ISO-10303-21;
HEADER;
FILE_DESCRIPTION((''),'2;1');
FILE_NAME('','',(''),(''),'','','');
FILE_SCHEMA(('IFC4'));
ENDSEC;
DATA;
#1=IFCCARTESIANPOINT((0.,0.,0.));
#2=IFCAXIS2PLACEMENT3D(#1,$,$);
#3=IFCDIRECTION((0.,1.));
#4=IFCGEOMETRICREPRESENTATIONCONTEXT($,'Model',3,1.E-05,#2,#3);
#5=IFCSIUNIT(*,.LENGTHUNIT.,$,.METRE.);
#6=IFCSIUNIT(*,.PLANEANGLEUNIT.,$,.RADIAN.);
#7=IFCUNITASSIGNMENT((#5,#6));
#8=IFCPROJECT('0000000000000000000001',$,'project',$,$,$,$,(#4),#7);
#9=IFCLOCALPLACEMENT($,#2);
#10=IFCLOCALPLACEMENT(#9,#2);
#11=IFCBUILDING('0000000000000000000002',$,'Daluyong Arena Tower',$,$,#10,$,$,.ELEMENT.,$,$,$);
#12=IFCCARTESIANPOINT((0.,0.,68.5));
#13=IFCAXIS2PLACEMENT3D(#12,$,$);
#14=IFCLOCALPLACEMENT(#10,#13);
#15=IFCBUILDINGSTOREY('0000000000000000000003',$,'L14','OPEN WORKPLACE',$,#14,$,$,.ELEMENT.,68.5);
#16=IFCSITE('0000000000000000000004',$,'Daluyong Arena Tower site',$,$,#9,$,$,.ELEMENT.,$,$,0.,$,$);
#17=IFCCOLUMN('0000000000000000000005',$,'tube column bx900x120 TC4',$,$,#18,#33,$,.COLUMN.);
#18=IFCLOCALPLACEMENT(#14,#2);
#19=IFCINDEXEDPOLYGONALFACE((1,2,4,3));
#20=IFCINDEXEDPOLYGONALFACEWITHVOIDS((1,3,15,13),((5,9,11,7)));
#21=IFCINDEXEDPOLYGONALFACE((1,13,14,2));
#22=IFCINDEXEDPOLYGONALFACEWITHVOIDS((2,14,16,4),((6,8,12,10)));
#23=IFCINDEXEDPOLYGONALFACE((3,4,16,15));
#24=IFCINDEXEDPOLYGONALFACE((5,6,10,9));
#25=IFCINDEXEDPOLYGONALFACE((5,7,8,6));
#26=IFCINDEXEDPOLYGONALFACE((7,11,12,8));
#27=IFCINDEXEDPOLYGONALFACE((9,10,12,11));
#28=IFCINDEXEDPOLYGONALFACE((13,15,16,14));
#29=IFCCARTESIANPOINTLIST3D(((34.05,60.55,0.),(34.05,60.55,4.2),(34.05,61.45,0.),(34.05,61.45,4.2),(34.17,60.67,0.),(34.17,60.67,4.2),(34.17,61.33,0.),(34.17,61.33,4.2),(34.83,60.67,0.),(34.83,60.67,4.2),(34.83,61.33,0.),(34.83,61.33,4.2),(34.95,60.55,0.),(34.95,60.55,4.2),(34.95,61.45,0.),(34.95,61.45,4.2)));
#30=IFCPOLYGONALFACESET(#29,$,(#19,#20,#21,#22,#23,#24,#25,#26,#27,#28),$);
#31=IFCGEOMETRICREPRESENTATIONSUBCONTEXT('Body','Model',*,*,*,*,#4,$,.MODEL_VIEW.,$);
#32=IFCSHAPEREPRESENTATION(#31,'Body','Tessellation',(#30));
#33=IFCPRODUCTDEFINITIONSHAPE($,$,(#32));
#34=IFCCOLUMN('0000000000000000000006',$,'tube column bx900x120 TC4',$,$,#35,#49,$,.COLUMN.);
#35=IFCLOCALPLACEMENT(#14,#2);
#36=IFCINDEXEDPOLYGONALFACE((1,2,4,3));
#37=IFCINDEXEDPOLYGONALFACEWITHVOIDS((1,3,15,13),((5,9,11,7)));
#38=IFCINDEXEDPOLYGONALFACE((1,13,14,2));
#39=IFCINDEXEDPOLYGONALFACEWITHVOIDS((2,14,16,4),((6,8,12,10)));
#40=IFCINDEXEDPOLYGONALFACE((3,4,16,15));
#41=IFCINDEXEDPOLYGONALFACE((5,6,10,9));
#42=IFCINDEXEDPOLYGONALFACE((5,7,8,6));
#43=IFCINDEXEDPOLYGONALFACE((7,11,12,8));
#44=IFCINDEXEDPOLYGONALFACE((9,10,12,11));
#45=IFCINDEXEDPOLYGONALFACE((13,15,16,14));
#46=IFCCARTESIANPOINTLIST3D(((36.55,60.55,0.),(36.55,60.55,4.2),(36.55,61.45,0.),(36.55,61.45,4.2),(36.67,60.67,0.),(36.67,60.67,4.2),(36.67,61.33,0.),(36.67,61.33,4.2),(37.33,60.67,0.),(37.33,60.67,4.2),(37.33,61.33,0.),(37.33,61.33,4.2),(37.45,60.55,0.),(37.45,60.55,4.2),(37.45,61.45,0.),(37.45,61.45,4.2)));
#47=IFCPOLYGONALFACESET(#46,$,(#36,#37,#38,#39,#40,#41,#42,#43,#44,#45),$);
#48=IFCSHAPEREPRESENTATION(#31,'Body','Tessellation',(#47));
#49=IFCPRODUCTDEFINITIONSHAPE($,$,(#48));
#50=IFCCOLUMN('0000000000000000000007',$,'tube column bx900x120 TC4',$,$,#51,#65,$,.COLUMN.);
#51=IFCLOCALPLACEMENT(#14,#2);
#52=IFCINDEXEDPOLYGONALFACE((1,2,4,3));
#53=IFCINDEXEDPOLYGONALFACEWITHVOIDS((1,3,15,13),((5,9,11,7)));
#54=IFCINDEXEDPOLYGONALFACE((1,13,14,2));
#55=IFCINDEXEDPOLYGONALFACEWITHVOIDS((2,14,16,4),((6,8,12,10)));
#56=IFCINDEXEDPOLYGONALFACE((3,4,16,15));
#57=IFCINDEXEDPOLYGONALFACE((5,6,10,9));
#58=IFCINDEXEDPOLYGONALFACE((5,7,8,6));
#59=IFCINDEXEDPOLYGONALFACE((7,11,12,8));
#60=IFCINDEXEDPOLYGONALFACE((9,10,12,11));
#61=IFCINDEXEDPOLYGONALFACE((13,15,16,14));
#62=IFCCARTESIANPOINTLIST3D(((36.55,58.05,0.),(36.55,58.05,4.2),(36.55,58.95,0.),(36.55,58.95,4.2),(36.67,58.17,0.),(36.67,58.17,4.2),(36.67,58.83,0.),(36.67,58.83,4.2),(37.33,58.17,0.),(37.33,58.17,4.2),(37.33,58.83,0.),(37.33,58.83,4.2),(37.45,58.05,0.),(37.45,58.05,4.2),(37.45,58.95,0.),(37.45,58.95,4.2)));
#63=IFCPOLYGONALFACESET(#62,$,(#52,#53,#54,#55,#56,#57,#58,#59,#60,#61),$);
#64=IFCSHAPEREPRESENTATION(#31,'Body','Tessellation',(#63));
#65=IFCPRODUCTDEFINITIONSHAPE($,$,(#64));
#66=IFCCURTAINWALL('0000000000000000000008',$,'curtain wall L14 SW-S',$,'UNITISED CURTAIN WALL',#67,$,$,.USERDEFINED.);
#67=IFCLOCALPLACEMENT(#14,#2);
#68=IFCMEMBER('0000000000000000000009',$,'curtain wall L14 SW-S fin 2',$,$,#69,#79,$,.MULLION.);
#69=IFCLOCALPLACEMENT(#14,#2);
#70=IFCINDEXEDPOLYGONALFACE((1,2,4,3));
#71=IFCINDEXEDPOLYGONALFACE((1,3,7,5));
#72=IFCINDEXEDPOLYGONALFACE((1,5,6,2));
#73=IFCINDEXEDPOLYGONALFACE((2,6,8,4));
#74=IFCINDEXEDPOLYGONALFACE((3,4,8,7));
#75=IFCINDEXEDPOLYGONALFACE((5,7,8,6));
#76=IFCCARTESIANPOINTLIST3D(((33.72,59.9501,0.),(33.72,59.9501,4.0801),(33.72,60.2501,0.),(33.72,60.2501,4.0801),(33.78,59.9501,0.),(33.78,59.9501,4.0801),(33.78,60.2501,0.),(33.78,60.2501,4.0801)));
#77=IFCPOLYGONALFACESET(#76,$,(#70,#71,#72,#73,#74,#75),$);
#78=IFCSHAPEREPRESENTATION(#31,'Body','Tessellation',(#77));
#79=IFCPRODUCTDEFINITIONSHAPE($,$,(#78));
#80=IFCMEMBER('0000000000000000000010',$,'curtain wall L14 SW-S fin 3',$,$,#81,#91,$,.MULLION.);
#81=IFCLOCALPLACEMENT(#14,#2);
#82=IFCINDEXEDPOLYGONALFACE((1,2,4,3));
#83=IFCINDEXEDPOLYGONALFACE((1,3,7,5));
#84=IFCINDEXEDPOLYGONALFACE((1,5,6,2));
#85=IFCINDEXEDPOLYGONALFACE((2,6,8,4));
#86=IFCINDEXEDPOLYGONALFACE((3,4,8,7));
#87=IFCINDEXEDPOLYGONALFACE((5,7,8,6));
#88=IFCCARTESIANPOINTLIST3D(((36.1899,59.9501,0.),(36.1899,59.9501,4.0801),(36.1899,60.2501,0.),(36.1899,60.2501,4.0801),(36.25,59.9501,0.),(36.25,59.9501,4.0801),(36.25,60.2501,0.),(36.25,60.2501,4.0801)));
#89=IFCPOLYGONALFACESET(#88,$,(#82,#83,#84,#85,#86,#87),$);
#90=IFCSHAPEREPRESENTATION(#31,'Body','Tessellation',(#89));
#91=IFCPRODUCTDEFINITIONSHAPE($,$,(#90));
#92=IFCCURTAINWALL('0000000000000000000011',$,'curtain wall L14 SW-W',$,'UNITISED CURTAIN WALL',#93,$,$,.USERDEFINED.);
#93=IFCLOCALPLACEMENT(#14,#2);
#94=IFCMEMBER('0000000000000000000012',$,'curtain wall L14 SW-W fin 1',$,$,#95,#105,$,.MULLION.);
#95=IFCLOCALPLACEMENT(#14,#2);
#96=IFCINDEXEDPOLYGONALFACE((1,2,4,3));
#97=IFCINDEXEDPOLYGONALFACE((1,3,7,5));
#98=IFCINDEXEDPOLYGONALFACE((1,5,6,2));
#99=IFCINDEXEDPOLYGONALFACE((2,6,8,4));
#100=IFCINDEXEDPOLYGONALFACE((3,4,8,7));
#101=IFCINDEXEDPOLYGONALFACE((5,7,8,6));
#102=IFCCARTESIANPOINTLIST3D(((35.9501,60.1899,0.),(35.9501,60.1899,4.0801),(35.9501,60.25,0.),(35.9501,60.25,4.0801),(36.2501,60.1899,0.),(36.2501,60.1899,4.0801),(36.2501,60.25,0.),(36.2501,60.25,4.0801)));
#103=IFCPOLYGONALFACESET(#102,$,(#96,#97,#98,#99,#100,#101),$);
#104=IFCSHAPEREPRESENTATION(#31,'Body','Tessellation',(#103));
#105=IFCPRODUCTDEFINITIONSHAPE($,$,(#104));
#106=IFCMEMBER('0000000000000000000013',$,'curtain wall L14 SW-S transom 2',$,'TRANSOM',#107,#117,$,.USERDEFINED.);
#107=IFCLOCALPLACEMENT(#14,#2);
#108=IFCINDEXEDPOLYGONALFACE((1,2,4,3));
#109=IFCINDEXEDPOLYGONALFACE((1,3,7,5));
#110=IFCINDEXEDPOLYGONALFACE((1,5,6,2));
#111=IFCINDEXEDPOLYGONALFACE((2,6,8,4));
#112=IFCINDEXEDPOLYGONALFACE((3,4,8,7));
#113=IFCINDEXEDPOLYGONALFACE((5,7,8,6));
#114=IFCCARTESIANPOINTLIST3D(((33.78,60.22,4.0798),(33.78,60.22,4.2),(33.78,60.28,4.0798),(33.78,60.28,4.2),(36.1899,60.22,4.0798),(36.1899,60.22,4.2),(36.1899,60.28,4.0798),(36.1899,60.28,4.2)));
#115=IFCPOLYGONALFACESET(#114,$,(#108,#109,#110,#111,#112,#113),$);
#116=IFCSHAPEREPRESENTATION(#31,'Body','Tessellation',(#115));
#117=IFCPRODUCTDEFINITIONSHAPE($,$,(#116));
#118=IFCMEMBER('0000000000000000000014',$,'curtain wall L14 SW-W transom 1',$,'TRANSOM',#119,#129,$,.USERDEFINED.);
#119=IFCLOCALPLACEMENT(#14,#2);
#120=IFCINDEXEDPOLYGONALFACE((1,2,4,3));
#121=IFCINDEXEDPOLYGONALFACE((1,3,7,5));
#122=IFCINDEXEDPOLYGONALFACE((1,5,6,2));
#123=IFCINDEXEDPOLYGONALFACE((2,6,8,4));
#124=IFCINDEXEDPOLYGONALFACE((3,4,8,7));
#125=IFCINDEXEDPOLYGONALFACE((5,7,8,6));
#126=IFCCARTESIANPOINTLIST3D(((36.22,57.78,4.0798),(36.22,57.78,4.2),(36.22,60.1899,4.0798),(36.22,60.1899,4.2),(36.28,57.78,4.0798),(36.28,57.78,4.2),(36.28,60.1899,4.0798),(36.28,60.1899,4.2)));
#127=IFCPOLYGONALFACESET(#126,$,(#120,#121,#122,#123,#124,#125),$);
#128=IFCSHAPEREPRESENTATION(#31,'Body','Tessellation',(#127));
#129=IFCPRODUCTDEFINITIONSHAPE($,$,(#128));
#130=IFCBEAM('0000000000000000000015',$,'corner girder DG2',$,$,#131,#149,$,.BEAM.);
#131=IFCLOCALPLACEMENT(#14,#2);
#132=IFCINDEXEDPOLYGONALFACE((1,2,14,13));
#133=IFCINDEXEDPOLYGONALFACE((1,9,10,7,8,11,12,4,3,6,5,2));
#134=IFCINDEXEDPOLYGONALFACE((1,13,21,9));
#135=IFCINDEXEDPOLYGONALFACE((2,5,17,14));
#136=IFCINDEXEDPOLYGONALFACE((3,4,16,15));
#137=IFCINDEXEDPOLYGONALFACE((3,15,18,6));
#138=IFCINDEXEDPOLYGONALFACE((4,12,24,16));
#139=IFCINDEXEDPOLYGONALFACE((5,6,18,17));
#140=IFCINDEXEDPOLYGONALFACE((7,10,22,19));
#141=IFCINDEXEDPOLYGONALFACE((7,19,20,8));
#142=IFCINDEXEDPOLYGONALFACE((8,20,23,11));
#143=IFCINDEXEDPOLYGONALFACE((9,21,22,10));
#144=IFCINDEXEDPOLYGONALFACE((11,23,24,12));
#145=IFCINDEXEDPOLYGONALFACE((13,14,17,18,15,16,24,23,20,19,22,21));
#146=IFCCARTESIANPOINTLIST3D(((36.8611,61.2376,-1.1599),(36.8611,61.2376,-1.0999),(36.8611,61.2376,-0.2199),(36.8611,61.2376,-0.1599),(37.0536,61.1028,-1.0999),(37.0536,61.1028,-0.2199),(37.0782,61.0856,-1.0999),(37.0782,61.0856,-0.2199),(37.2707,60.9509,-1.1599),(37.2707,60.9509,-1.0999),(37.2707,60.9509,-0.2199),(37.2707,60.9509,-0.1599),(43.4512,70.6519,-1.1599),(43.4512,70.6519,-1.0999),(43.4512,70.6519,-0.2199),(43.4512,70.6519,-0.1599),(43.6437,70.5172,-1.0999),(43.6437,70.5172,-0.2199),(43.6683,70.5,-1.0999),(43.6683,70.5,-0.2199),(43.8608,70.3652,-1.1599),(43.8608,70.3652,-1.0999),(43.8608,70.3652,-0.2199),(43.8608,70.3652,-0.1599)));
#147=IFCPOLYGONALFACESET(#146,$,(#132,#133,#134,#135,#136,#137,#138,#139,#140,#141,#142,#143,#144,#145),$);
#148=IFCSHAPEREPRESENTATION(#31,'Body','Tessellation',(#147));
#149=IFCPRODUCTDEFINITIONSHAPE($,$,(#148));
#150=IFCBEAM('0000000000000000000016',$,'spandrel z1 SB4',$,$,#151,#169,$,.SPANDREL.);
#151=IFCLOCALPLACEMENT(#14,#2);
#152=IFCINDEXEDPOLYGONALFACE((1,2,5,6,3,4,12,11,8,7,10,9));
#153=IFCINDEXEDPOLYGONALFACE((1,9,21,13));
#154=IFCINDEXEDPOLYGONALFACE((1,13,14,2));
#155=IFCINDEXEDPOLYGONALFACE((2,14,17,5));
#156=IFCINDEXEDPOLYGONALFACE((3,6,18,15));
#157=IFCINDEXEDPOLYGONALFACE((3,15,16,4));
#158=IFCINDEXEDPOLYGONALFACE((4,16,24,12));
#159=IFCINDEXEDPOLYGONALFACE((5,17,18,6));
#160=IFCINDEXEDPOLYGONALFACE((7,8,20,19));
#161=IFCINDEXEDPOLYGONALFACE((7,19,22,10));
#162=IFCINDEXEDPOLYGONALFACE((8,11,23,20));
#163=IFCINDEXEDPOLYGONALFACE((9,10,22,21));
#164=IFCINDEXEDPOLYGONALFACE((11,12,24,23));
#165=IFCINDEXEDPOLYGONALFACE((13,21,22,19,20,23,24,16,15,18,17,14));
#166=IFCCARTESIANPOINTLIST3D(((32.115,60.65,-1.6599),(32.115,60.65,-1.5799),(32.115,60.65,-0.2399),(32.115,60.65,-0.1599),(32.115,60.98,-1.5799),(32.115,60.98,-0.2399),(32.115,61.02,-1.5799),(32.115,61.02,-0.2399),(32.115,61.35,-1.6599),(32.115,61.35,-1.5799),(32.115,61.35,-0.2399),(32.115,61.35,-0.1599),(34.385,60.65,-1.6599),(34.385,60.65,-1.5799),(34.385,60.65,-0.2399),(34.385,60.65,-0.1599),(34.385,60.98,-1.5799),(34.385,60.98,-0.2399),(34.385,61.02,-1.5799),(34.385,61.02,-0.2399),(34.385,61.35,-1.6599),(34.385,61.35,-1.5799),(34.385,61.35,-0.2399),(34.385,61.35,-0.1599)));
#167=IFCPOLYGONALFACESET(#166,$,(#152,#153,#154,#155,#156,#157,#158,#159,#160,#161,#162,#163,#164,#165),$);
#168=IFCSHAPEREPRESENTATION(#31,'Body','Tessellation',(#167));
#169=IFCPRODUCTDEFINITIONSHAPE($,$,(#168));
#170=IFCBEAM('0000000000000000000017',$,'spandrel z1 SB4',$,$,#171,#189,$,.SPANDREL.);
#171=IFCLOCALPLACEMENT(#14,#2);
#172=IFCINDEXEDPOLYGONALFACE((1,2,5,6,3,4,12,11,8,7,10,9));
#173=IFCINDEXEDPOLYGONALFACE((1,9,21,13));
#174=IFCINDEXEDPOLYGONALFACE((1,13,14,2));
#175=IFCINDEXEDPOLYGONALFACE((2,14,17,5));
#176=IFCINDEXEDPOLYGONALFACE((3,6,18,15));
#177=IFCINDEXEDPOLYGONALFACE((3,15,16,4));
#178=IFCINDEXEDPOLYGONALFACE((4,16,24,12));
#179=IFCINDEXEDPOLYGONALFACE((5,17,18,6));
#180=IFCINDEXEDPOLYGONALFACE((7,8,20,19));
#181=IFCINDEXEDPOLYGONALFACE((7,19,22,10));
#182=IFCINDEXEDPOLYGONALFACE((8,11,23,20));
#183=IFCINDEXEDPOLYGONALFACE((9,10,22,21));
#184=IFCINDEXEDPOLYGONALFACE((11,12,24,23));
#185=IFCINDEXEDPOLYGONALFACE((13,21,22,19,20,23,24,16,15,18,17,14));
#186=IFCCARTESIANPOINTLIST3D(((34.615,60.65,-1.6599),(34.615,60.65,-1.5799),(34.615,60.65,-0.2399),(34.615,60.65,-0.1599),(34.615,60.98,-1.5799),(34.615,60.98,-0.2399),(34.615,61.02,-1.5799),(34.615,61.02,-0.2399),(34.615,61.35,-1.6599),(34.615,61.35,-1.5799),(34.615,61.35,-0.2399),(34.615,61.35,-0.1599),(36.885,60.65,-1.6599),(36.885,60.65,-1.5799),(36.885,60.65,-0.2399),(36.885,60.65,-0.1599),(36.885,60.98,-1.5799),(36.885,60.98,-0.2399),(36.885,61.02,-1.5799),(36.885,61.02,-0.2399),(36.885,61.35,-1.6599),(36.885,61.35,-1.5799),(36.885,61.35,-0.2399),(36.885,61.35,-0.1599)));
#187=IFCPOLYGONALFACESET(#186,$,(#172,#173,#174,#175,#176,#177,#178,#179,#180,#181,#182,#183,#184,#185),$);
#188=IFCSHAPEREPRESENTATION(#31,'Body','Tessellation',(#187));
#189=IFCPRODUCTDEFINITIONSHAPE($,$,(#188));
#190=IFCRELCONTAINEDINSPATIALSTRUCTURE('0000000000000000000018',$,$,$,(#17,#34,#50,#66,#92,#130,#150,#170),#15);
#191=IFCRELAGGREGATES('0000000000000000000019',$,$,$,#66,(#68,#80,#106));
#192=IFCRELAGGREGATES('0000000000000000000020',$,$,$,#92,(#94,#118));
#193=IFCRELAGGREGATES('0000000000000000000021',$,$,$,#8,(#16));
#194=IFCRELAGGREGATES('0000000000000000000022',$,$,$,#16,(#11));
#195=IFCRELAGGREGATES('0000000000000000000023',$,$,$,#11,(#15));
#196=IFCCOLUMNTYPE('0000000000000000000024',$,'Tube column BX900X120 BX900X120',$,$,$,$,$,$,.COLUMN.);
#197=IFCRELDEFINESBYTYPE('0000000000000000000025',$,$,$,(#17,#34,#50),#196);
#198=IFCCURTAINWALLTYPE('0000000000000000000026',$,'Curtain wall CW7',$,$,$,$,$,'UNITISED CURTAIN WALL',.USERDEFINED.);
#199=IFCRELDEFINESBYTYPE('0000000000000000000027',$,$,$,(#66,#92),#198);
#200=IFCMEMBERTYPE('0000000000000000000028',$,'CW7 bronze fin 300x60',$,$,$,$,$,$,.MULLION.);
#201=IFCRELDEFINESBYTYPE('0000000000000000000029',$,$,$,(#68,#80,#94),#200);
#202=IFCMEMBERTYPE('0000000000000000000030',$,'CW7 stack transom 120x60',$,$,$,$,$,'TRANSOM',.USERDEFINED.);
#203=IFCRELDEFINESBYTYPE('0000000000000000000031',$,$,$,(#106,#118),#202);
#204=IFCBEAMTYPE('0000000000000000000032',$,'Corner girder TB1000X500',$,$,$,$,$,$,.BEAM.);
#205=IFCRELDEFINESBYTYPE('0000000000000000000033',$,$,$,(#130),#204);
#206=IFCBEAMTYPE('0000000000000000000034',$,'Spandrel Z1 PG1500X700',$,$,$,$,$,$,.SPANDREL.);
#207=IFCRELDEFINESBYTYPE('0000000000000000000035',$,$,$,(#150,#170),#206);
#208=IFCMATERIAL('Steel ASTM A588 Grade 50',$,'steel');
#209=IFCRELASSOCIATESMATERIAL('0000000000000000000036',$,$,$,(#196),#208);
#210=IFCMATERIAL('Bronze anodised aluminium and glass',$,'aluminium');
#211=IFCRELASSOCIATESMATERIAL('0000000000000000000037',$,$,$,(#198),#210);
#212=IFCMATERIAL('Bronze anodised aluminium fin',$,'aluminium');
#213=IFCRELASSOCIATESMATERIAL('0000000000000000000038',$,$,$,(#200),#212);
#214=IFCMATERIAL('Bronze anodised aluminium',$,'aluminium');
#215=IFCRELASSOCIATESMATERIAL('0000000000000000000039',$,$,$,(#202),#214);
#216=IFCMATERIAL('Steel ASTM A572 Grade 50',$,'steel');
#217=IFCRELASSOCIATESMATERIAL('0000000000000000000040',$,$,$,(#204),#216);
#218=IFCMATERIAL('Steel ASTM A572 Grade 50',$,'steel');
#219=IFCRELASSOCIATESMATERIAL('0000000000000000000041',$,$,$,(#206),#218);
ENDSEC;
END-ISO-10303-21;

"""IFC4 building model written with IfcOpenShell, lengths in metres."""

from ifc_helpers import new_model, si_unit, direction, frame, origin, origin_2d, place, context, subcontext, project, spatial, rectangle, hollow_rectangle, i_section, extrude, material, material_profile, profile_set, type_object, element, aggregate, save


model = new_model("IFC4")

# Units and contexts
model_context = context("Model", 3, precision=1e-05, world=origin(), true_north=direction((0.0, 1.0)))
body_context = subcontext(model_context, "Body", "Model", "MODEL_VIEW")
ifc_project = project(units=[si_unit("LENGTHUNIT", "METRE"), si_unit("PLANEANGLEUNIT", "RADIAN")], contexts=[model_context])

# Site, building, storey
site_placement = place(None, origin())
site = spatial("IfcSite", under=ifc_project, at=site_placement, Name="Daluyong Arena Tower site", CompositionType="ELEMENT", RefElevation=0.0)
building_placement = place(site_placement, origin())
building = spatial("IfcBuilding", under=site, at=building_placement, Name="Daluyong Arena Tower", CompositionType="ELEMENT")
storey_placement = place(building_placement, frame((0.0, 0.0, 68.5)))
storey = spatial("IfcBuildingStorey", under=building, at=storey_placement, Name="L14", Description="OPEN WORKPLACE", CompositionType="ELEMENT", Elevation=68.5)

# Columns
ifc_material_1 = material(Name="Steel ASTM A588 Grade 50", Category="steel")
ifc_material_profile_1 = material_profile(ifc_material_1, hollow_rectangle(XDim=0.8999, YDim=0.8999, WallThickness=0.12, at=origin_2d()))
ifc_profile_set_1 = profile_set([ifc_material_profile_1], Name="Steel ASTM A588 Grade 50")
column_type = type_object("IfcColumnType", Name="Tube column BX900X120 BX900X120", PredefinedType="COLUMN", material=ifc_profile_set_1)
for number, where, z_axis, x_axis, name in (
    (1, (34.5, 61.0, 0.0), (0.0, 0.0, 1.0), (1.0, 0.0, 0.0), "tube column bx900x120 TC4"),
    (2, (37.0, 61.0, 0.0), (0.0, 0.0, 1.0), (0.0, 1.0, 0.0), "tube column bx900x120 TC4"),
    (3, (37.0, 58.5, 0.0), (0.0, 0.0, 1.0), (0.0, 1.0, 0.0), "tube column bx900x120 TC4"),
):
    element("IfcColumn", number, at=place(storey_placement, frame(where, z_axis=z_axis, x_axis=x_axis)), inside=storey, type_object=column_type, Name=name, PredefinedType="COLUMN", context=body_context, shape_type="SweptSolid", body=[
        extrude(hollow_rectangle(XDim=0.8999, YDim=0.8999, WallThickness=0.12, at=origin_2d()), origin(), (0.0, 0.0, 1.0), 4.2),
    ])

# Curtain wall, members
ifc_material_2 = material(Name="Bronze anodised aluminium and glass", Category="aluminium")
curtain_wall_type = type_object("IfcCurtainWallType", Name="Curtain wall CW7", ElementType="UNITISED CURTAIN WALL", PredefinedType="USERDEFINED", material=ifc_material_2)
curtain_wall_1_placement = place(storey_placement, origin())
curtain_wall_1 = element("IfcCurtainWall", 4, at=curtain_wall_1_placement, inside=storey, type_object=curtain_wall_type, Name="curtain wall L14 SW-S", ObjectType="UNITISED CURTAIN WALL", PredefinedType="USERDEFINED")
ifc_material_3 = material(Name="Bronze anodised aluminium fin", Category="aluminium")
ifc_material_profile_2 = material_profile(ifc_material_3, rectangle(XDim=0.3, YDim=0.0601, at=origin_2d()))
ifc_profile_set_2 = profile_set([ifc_material_profile_2], Name="Bronze anodised aluminium fin")
member_type_1 = type_object("IfcMemberType", Name="CW7 bronze fin 300x60", PredefinedType="MULLION", material=ifc_profile_set_2)
member_1_placement = place(storey_placement, frame((33.75, 60.1001, 0.0), z_axis=(0.0, 0.0, 1.0), x_axis=(0.0, 1.0, 0.0)))
member_1 = element("IfcMember", 5, at=member_1_placement, type_object=member_type_1, Name="curtain wall L14 SW-S fin 2", PredefinedType="MULLION", context=body_context, shape_type="SweptSolid", body=[
    extrude(rectangle(XDim=0.3, YDim=0.0601, at=origin_2d()), origin(), (0.0, 0.0, 1.0), 4.0801),
])
member_2_placement = place(storey_placement, frame((36.22, 60.1001, 0.0), z_axis=(0.0, 0.0, 1.0), x_axis=(0.0, 1.0, 0.0)))
member_2 = element("IfcMember", 6, at=member_2_placement, type_object=member_type_1, Name="curtain wall L14 SW-S fin 3", PredefinedType="MULLION", context=body_context, shape_type="SweptSolid", body=[
    extrude(rectangle(XDim=0.3, YDim=0.0601, at=origin_2d()), origin(), (0.0, 0.0, 1.0), 4.0801),
])

# Curtain wall, member
curtain_wall_2_placement = place(storey_placement, origin())
curtain_wall_2 = element("IfcCurtainWall", 7, at=curtain_wall_2_placement, inside=storey, type_object=curtain_wall_type, Name="curtain wall L14 SW-W", ObjectType="UNITISED CURTAIN WALL", PredefinedType="USERDEFINED")
member_3_placement = place(storey_placement, frame((36.1001, 60.22, 0.0), z_axis=(0.0, 0.0, 1.0), x_axis=(1.0, 0.0, 0.0)))
member_3 = element("IfcMember", 8, at=member_3_placement, type_object=member_type_1, Name="curtain wall L14 SW-W fin 1", PredefinedType="MULLION", context=body_context, shape_type="SweptSolid", body=[
    extrude(rectangle(XDim=0.3, YDim=0.0601, at=origin_2d()), origin(), (0.0, 0.0, 1.0), 4.0801),
])

# Members
ifc_material_4 = material(Name="Bronze anodised aluminium", Category="aluminium")
ifc_material_profile_3 = material_profile(ifc_material_4, rectangle(XDim=0.0601, YDim=0.1201, at=origin_2d()))
ifc_profile_set_3 = profile_set([ifc_material_profile_3], Name="Bronze anodised aluminium")
member_type_2 = type_object("IfcMemberType", Name="CW7 stack transom 120x60", ElementType="TRANSOM", PredefinedType="USERDEFINED", material=ifc_profile_set_3)
member_4_placement = place(storey_placement, frame((33.78, 60.25, 4.1399), z_axis=(1.0, 0.0, 0.0), x_axis=(0.0, 1.0, 0.0)))
member_4 = element("IfcMember", 9, at=member_4_placement, type_object=member_type_2, Name="curtain wall L14 SW-S transom 2", ObjectType="TRANSOM", PredefinedType="USERDEFINED", context=body_context, shape_type="SweptSolid", body=[
    extrude(rectangle(XDim=0.0601, YDim=0.1201, at=origin_2d()), origin(), (0.0, 0.0, 1.0), 2.4099),
])
member_5_placement = place(storey_placement, frame((36.25, 60.1899, 4.1399), z_axis=(0.0, -1.0, 0.0), x_axis=(1.0, 0.0, 0.0)))
member_5 = element("IfcMember", 10, at=member_5_placement, type_object=member_type_2, Name="curtain wall L14 SW-W transom 1", ObjectType="TRANSOM", PredefinedType="USERDEFINED", context=body_context, shape_type="SweptSolid", body=[
    extrude(rectangle(XDim=0.0601, YDim=0.1201, at=origin_2d()), origin(), (0.0, 0.0, 1.0), 2.4099),
])

# Beams
ifc_material_5 = material(Name="Steel ASTM A572 Grade 50", Category="steel")
ifc_material_profile_4 = material_profile(ifc_material_5, i_section(OverallWidth=0.5, OverallDepth=1.0, WebThickness=0.03, FlangeThickness=0.06, at=origin_2d()))
ifc_profile_set_4 = profile_set([ifc_material_profile_4], Name="Steel ASTM A572 Grade 50")
beam_type_1 = type_object("IfcBeamType", Name="Corner girder TB1000X500", PredefinedType="BEAM", material=ifc_profile_set_4)
beam_placement = place(storey_placement, frame((37.0659, 61.0942, -0.6599), z_axis=(0.573467, 0.819229, 0.0), x_axis=(-0.819229, 0.573467, 0.0)))
element("IfcBeam", 11, at=beam_placement, inside=storey, type_object=beam_type_1, Name="corner girder DG2", PredefinedType="BEAM", context=body_context, shape_type="SweptSolid", body=[
    extrude(i_section(OverallWidth=0.5, OverallDepth=1.0, WebThickness=0.03, FlangeThickness=0.06, at=origin_2d()), origin(), (0.0, 0.0, 1.0), 11.4917),
])
ifc_material_6 = material(Name="Steel ASTM A572 Grade 50", Category="steel")
ifc_material_profile_5 = material_profile(ifc_material_6, i_section(OverallWidth=0.7, OverallDepth=1.5, WebThickness=0.04, FlangeThickness=0.08, at=origin_2d()))
ifc_profile_set_5 = profile_set([ifc_material_profile_5], Name="Steel ASTM A572 Grade 50")
beam_type_2 = type_object("IfcBeamType", Name="Spandrel Z1 PG1500X700", PredefinedType="SPANDREL", material=ifc_profile_set_5)
for number, where, z_axis, x_axis, name in (
    (12, (32.115, 61.0, -0.9099), (1.0, 0.0, 0.0), (0.0, 1.0, 0.0), "spandrel z1 SB4"),
    (13, (34.615, 61.0, -0.9099), (1.0, 0.0, 0.0), (0.0, 1.0, 0.0), "spandrel z1 SB4"),
):
    element("IfcBeam", number, at=place(storey_placement, frame(where, z_axis=z_axis, x_axis=x_axis)), inside=storey, type_object=beam_type_2, Name=name, PredefinedType="SPANDREL", context=body_context, shape_type="SweptSolid", body=[
        extrude(i_section(OverallWidth=0.7, OverallDepth=1.5, WebThickness=0.04, FlangeThickness=0.08, at=origin_2d()), origin(), (0.0, 0.0, 1.0), 2.27),
    ])

aggregate(curtain_wall_1, [member_1, member_2, member_4])
aggregate(curtain_wall_2, [member_3, member_5])

save(model, "model.ifc")
